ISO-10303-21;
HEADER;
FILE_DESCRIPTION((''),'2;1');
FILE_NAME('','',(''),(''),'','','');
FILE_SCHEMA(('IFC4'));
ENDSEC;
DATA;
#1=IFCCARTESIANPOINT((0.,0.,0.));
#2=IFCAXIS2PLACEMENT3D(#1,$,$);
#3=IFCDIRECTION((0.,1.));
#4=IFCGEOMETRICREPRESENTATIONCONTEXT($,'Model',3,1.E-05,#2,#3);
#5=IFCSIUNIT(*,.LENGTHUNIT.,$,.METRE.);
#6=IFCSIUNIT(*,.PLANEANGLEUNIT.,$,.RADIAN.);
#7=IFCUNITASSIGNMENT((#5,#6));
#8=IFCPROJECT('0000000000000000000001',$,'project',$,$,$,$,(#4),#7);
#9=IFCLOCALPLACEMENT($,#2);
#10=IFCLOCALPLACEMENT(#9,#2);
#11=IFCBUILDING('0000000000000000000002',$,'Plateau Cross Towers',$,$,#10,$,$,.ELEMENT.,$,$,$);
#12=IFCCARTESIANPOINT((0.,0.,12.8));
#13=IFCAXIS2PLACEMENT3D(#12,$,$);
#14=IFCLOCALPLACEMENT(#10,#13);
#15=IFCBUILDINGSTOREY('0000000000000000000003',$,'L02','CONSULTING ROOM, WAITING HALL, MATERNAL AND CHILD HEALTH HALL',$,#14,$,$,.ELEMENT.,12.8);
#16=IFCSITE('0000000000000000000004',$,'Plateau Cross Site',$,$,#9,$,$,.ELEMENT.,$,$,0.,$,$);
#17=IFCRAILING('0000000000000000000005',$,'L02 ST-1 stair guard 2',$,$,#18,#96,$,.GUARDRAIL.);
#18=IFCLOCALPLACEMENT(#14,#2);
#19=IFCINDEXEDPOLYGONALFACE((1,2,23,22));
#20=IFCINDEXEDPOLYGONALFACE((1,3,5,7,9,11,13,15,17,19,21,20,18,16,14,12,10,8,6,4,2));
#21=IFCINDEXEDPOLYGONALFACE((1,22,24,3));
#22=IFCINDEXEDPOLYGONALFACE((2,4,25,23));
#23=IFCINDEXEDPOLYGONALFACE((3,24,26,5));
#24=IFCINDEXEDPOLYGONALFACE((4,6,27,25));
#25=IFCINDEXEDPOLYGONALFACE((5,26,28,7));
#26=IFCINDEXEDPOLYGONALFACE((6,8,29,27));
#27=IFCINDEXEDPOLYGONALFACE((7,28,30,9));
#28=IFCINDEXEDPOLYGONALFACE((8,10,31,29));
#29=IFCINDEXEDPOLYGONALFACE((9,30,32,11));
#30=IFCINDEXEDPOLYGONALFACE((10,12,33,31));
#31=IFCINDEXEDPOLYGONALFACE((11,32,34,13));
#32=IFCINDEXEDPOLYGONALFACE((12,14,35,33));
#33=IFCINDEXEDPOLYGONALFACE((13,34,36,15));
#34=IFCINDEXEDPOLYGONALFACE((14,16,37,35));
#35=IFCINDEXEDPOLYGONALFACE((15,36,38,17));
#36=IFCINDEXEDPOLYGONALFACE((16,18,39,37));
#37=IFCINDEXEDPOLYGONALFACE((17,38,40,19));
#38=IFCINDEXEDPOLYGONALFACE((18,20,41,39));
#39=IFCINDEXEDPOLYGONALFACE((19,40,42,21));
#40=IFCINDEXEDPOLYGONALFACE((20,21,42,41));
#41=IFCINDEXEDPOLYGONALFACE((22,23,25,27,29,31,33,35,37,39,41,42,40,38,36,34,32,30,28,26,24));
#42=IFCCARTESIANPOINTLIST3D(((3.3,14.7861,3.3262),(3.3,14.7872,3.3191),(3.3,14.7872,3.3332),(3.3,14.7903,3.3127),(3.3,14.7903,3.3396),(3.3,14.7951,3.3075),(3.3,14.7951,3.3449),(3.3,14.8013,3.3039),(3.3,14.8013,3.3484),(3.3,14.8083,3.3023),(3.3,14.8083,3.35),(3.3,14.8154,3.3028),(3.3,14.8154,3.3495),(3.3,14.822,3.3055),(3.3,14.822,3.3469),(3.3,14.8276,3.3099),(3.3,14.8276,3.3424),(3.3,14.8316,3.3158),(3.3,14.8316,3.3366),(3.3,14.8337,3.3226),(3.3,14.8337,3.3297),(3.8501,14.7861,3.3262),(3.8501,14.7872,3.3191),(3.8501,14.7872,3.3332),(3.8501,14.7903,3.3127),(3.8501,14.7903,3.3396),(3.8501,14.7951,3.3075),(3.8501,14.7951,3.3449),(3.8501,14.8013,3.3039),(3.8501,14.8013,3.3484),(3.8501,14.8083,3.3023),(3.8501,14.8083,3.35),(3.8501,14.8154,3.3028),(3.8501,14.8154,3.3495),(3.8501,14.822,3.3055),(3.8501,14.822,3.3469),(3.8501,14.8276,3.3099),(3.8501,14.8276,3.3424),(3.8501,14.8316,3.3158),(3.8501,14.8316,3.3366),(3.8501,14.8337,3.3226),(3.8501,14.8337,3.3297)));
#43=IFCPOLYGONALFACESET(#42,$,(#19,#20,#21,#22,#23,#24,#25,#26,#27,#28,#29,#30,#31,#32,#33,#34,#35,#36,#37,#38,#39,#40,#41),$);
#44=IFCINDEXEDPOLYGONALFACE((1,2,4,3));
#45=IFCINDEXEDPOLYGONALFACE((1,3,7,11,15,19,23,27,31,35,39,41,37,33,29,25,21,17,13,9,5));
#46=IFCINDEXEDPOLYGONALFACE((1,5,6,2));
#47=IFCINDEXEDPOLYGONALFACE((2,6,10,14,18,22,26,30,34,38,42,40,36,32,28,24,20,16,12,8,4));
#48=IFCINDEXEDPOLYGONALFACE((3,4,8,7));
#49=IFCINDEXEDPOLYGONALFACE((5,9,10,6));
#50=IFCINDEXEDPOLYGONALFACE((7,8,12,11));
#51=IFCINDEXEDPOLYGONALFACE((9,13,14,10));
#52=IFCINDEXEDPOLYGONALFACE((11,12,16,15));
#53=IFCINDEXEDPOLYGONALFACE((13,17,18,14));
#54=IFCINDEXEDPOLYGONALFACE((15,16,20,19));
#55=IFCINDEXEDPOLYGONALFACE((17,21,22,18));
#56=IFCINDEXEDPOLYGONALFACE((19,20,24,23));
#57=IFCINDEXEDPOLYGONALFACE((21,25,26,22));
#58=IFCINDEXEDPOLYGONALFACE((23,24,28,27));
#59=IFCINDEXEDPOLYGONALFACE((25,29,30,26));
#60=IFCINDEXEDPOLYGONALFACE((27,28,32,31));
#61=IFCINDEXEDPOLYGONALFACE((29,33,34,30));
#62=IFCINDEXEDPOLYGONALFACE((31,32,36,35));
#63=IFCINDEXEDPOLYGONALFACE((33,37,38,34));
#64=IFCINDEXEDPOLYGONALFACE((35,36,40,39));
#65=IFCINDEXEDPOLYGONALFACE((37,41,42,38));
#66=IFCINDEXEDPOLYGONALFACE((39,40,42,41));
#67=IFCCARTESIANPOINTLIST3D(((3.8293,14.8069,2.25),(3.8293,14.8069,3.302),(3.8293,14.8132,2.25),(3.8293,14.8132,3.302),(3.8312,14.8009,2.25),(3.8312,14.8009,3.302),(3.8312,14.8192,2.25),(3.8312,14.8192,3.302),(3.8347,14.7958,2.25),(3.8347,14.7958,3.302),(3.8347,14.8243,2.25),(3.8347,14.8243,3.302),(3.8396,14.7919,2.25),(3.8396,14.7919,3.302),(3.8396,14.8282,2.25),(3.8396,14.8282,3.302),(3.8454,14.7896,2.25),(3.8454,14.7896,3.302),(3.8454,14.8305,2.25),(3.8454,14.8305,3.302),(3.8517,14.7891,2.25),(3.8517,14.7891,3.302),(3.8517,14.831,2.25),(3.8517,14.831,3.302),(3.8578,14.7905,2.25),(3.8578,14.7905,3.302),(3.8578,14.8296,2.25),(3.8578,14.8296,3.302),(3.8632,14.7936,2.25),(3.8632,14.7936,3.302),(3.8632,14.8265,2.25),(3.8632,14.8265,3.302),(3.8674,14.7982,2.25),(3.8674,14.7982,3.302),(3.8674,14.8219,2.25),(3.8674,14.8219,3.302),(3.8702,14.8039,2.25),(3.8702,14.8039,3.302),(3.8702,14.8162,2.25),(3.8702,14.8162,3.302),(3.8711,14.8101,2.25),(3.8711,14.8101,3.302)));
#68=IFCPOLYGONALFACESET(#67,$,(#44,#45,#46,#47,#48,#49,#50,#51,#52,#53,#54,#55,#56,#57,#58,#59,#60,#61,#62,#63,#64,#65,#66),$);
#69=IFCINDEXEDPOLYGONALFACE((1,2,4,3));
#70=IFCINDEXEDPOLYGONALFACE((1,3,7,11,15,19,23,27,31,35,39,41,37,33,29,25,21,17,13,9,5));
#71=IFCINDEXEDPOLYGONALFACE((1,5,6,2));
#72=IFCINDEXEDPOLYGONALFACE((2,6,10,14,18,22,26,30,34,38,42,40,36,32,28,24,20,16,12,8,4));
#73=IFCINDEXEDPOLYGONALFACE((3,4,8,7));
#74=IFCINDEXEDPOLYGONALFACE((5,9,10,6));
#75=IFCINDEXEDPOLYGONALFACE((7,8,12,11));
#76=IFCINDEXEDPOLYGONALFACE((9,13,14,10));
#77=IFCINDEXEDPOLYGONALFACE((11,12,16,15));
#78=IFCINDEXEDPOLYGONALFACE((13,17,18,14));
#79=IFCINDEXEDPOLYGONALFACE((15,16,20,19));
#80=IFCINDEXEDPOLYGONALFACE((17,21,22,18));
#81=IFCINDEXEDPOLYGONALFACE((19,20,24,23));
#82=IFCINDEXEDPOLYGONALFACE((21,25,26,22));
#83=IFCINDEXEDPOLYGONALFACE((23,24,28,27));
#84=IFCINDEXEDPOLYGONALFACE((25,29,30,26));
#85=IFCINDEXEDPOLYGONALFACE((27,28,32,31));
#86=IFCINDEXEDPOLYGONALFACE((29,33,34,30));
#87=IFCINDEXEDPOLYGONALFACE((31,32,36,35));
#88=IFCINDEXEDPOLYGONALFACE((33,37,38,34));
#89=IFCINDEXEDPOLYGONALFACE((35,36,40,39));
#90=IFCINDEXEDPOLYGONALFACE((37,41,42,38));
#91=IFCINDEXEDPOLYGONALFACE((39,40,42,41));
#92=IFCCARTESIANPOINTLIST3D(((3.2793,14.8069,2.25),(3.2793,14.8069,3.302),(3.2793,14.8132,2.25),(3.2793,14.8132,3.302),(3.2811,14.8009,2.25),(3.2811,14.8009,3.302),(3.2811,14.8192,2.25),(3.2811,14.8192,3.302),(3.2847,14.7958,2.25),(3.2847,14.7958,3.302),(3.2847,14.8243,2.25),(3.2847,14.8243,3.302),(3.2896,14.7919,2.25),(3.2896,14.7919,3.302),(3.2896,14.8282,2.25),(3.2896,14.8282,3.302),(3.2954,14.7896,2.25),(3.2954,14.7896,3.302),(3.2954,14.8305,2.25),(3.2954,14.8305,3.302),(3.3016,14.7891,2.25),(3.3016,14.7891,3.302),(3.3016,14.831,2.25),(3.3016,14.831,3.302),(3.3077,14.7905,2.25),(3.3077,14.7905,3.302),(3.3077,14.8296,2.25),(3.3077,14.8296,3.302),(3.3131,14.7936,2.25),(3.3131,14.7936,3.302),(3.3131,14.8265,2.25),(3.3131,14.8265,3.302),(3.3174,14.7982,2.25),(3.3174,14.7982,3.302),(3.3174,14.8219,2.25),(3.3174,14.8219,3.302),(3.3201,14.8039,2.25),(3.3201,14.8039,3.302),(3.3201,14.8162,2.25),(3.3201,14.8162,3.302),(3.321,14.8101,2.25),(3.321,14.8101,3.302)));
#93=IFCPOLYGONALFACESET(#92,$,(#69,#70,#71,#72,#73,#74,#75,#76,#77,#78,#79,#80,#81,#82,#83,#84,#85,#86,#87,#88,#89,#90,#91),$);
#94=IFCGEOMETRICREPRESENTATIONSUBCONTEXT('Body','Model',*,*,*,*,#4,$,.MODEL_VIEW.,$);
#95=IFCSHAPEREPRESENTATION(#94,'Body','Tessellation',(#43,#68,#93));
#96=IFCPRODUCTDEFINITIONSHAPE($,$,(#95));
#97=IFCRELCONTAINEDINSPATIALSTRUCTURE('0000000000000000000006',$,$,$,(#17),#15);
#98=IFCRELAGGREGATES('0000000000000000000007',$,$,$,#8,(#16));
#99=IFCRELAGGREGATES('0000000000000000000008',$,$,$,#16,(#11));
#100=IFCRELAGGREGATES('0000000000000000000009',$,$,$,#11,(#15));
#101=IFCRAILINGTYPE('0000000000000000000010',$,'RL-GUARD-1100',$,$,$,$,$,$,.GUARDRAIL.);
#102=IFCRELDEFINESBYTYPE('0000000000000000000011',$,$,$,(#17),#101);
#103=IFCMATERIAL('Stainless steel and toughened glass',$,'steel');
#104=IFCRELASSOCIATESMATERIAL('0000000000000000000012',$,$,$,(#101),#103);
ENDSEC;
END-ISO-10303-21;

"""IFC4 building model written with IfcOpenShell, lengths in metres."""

from ifc_helpers import new_model, si_unit, direction, frame, origin, origin_2d, place, context, subcontext, project, spatial, circle, extrude, material, type_object, element, save


model = new_model("IFC4")

# Units and contexts
model_context = context("Model", 3, precision=1e-05, world=origin(), true_north=direction((0.0, 1.0)))
body_context = subcontext(model_context, "Body", "Model", "MODEL_VIEW")
ifc_project = project(units=[si_unit("LENGTHUNIT", "METRE"), si_unit("PLANEANGLEUNIT", "RADIAN")], contexts=[model_context])

# Site, building, storey
site_placement = place(None, origin())
site = spatial("IfcSite", under=ifc_project, at=site_placement, Name="Plateau Cross Site", CompositionType="ELEMENT", RefElevation=0.0)
building_placement = place(site_placement, origin())
building = spatial("IfcBuilding", under=site, at=building_placement, Name="Plateau Cross Towers", CompositionType="ELEMENT")
storey_placement = place(building_placement, frame((0.0, 0.0, 12.8)))
storey = spatial("IfcBuildingStorey", under=building, at=storey_placement, Name="L02", Description="CONSULTING ROOM, WAITING HALL, MATERNAL AND CHILD HEALTH HALL", CompositionType="ELEMENT", Elevation=12.8)

# Railing
ifc_material_1 = material(Name="Stainless steel and toughened glass", Category="steel")
railing_type_1 = type_object("IfcRailingType", Name="RL-GUARD-1100", PredefinedType="GUARDRAIL", material=ifc_material_1)
railing_1_placement = place(storey_placement, frame((3.8501, 14.8101, 2.25)))
element("IfcRailing", 1, at=railing_1_placement, inside=storey, type_object=railing_type_1, Name="L02 ST-1 stair guard 2", PredefinedType="GUARDRAIL", context=body_context, shape_type="SweptSolid", body=[
    extrude(circle(Radius=0.0239, at=origin_2d()), frame((0.0, 0.0, 1.0762), z_axis=(-1.0, 0.0, 0.0), x_axis=(0.0, -1.0, 0.0)), (0.0, 0.0, 1.0), 0.55),
    extrude(circle(Radius=0.021, at=origin_2d()), origin(), (0.0, 0.0, 1.0), 1.052),
    extrude(circle(Radius=0.021, at=origin_2d()), frame((-0.55, 0.0, 0.0)), (0.0, 0.0, 1.0), 1.052),
])

save(model, "model.ifc")
